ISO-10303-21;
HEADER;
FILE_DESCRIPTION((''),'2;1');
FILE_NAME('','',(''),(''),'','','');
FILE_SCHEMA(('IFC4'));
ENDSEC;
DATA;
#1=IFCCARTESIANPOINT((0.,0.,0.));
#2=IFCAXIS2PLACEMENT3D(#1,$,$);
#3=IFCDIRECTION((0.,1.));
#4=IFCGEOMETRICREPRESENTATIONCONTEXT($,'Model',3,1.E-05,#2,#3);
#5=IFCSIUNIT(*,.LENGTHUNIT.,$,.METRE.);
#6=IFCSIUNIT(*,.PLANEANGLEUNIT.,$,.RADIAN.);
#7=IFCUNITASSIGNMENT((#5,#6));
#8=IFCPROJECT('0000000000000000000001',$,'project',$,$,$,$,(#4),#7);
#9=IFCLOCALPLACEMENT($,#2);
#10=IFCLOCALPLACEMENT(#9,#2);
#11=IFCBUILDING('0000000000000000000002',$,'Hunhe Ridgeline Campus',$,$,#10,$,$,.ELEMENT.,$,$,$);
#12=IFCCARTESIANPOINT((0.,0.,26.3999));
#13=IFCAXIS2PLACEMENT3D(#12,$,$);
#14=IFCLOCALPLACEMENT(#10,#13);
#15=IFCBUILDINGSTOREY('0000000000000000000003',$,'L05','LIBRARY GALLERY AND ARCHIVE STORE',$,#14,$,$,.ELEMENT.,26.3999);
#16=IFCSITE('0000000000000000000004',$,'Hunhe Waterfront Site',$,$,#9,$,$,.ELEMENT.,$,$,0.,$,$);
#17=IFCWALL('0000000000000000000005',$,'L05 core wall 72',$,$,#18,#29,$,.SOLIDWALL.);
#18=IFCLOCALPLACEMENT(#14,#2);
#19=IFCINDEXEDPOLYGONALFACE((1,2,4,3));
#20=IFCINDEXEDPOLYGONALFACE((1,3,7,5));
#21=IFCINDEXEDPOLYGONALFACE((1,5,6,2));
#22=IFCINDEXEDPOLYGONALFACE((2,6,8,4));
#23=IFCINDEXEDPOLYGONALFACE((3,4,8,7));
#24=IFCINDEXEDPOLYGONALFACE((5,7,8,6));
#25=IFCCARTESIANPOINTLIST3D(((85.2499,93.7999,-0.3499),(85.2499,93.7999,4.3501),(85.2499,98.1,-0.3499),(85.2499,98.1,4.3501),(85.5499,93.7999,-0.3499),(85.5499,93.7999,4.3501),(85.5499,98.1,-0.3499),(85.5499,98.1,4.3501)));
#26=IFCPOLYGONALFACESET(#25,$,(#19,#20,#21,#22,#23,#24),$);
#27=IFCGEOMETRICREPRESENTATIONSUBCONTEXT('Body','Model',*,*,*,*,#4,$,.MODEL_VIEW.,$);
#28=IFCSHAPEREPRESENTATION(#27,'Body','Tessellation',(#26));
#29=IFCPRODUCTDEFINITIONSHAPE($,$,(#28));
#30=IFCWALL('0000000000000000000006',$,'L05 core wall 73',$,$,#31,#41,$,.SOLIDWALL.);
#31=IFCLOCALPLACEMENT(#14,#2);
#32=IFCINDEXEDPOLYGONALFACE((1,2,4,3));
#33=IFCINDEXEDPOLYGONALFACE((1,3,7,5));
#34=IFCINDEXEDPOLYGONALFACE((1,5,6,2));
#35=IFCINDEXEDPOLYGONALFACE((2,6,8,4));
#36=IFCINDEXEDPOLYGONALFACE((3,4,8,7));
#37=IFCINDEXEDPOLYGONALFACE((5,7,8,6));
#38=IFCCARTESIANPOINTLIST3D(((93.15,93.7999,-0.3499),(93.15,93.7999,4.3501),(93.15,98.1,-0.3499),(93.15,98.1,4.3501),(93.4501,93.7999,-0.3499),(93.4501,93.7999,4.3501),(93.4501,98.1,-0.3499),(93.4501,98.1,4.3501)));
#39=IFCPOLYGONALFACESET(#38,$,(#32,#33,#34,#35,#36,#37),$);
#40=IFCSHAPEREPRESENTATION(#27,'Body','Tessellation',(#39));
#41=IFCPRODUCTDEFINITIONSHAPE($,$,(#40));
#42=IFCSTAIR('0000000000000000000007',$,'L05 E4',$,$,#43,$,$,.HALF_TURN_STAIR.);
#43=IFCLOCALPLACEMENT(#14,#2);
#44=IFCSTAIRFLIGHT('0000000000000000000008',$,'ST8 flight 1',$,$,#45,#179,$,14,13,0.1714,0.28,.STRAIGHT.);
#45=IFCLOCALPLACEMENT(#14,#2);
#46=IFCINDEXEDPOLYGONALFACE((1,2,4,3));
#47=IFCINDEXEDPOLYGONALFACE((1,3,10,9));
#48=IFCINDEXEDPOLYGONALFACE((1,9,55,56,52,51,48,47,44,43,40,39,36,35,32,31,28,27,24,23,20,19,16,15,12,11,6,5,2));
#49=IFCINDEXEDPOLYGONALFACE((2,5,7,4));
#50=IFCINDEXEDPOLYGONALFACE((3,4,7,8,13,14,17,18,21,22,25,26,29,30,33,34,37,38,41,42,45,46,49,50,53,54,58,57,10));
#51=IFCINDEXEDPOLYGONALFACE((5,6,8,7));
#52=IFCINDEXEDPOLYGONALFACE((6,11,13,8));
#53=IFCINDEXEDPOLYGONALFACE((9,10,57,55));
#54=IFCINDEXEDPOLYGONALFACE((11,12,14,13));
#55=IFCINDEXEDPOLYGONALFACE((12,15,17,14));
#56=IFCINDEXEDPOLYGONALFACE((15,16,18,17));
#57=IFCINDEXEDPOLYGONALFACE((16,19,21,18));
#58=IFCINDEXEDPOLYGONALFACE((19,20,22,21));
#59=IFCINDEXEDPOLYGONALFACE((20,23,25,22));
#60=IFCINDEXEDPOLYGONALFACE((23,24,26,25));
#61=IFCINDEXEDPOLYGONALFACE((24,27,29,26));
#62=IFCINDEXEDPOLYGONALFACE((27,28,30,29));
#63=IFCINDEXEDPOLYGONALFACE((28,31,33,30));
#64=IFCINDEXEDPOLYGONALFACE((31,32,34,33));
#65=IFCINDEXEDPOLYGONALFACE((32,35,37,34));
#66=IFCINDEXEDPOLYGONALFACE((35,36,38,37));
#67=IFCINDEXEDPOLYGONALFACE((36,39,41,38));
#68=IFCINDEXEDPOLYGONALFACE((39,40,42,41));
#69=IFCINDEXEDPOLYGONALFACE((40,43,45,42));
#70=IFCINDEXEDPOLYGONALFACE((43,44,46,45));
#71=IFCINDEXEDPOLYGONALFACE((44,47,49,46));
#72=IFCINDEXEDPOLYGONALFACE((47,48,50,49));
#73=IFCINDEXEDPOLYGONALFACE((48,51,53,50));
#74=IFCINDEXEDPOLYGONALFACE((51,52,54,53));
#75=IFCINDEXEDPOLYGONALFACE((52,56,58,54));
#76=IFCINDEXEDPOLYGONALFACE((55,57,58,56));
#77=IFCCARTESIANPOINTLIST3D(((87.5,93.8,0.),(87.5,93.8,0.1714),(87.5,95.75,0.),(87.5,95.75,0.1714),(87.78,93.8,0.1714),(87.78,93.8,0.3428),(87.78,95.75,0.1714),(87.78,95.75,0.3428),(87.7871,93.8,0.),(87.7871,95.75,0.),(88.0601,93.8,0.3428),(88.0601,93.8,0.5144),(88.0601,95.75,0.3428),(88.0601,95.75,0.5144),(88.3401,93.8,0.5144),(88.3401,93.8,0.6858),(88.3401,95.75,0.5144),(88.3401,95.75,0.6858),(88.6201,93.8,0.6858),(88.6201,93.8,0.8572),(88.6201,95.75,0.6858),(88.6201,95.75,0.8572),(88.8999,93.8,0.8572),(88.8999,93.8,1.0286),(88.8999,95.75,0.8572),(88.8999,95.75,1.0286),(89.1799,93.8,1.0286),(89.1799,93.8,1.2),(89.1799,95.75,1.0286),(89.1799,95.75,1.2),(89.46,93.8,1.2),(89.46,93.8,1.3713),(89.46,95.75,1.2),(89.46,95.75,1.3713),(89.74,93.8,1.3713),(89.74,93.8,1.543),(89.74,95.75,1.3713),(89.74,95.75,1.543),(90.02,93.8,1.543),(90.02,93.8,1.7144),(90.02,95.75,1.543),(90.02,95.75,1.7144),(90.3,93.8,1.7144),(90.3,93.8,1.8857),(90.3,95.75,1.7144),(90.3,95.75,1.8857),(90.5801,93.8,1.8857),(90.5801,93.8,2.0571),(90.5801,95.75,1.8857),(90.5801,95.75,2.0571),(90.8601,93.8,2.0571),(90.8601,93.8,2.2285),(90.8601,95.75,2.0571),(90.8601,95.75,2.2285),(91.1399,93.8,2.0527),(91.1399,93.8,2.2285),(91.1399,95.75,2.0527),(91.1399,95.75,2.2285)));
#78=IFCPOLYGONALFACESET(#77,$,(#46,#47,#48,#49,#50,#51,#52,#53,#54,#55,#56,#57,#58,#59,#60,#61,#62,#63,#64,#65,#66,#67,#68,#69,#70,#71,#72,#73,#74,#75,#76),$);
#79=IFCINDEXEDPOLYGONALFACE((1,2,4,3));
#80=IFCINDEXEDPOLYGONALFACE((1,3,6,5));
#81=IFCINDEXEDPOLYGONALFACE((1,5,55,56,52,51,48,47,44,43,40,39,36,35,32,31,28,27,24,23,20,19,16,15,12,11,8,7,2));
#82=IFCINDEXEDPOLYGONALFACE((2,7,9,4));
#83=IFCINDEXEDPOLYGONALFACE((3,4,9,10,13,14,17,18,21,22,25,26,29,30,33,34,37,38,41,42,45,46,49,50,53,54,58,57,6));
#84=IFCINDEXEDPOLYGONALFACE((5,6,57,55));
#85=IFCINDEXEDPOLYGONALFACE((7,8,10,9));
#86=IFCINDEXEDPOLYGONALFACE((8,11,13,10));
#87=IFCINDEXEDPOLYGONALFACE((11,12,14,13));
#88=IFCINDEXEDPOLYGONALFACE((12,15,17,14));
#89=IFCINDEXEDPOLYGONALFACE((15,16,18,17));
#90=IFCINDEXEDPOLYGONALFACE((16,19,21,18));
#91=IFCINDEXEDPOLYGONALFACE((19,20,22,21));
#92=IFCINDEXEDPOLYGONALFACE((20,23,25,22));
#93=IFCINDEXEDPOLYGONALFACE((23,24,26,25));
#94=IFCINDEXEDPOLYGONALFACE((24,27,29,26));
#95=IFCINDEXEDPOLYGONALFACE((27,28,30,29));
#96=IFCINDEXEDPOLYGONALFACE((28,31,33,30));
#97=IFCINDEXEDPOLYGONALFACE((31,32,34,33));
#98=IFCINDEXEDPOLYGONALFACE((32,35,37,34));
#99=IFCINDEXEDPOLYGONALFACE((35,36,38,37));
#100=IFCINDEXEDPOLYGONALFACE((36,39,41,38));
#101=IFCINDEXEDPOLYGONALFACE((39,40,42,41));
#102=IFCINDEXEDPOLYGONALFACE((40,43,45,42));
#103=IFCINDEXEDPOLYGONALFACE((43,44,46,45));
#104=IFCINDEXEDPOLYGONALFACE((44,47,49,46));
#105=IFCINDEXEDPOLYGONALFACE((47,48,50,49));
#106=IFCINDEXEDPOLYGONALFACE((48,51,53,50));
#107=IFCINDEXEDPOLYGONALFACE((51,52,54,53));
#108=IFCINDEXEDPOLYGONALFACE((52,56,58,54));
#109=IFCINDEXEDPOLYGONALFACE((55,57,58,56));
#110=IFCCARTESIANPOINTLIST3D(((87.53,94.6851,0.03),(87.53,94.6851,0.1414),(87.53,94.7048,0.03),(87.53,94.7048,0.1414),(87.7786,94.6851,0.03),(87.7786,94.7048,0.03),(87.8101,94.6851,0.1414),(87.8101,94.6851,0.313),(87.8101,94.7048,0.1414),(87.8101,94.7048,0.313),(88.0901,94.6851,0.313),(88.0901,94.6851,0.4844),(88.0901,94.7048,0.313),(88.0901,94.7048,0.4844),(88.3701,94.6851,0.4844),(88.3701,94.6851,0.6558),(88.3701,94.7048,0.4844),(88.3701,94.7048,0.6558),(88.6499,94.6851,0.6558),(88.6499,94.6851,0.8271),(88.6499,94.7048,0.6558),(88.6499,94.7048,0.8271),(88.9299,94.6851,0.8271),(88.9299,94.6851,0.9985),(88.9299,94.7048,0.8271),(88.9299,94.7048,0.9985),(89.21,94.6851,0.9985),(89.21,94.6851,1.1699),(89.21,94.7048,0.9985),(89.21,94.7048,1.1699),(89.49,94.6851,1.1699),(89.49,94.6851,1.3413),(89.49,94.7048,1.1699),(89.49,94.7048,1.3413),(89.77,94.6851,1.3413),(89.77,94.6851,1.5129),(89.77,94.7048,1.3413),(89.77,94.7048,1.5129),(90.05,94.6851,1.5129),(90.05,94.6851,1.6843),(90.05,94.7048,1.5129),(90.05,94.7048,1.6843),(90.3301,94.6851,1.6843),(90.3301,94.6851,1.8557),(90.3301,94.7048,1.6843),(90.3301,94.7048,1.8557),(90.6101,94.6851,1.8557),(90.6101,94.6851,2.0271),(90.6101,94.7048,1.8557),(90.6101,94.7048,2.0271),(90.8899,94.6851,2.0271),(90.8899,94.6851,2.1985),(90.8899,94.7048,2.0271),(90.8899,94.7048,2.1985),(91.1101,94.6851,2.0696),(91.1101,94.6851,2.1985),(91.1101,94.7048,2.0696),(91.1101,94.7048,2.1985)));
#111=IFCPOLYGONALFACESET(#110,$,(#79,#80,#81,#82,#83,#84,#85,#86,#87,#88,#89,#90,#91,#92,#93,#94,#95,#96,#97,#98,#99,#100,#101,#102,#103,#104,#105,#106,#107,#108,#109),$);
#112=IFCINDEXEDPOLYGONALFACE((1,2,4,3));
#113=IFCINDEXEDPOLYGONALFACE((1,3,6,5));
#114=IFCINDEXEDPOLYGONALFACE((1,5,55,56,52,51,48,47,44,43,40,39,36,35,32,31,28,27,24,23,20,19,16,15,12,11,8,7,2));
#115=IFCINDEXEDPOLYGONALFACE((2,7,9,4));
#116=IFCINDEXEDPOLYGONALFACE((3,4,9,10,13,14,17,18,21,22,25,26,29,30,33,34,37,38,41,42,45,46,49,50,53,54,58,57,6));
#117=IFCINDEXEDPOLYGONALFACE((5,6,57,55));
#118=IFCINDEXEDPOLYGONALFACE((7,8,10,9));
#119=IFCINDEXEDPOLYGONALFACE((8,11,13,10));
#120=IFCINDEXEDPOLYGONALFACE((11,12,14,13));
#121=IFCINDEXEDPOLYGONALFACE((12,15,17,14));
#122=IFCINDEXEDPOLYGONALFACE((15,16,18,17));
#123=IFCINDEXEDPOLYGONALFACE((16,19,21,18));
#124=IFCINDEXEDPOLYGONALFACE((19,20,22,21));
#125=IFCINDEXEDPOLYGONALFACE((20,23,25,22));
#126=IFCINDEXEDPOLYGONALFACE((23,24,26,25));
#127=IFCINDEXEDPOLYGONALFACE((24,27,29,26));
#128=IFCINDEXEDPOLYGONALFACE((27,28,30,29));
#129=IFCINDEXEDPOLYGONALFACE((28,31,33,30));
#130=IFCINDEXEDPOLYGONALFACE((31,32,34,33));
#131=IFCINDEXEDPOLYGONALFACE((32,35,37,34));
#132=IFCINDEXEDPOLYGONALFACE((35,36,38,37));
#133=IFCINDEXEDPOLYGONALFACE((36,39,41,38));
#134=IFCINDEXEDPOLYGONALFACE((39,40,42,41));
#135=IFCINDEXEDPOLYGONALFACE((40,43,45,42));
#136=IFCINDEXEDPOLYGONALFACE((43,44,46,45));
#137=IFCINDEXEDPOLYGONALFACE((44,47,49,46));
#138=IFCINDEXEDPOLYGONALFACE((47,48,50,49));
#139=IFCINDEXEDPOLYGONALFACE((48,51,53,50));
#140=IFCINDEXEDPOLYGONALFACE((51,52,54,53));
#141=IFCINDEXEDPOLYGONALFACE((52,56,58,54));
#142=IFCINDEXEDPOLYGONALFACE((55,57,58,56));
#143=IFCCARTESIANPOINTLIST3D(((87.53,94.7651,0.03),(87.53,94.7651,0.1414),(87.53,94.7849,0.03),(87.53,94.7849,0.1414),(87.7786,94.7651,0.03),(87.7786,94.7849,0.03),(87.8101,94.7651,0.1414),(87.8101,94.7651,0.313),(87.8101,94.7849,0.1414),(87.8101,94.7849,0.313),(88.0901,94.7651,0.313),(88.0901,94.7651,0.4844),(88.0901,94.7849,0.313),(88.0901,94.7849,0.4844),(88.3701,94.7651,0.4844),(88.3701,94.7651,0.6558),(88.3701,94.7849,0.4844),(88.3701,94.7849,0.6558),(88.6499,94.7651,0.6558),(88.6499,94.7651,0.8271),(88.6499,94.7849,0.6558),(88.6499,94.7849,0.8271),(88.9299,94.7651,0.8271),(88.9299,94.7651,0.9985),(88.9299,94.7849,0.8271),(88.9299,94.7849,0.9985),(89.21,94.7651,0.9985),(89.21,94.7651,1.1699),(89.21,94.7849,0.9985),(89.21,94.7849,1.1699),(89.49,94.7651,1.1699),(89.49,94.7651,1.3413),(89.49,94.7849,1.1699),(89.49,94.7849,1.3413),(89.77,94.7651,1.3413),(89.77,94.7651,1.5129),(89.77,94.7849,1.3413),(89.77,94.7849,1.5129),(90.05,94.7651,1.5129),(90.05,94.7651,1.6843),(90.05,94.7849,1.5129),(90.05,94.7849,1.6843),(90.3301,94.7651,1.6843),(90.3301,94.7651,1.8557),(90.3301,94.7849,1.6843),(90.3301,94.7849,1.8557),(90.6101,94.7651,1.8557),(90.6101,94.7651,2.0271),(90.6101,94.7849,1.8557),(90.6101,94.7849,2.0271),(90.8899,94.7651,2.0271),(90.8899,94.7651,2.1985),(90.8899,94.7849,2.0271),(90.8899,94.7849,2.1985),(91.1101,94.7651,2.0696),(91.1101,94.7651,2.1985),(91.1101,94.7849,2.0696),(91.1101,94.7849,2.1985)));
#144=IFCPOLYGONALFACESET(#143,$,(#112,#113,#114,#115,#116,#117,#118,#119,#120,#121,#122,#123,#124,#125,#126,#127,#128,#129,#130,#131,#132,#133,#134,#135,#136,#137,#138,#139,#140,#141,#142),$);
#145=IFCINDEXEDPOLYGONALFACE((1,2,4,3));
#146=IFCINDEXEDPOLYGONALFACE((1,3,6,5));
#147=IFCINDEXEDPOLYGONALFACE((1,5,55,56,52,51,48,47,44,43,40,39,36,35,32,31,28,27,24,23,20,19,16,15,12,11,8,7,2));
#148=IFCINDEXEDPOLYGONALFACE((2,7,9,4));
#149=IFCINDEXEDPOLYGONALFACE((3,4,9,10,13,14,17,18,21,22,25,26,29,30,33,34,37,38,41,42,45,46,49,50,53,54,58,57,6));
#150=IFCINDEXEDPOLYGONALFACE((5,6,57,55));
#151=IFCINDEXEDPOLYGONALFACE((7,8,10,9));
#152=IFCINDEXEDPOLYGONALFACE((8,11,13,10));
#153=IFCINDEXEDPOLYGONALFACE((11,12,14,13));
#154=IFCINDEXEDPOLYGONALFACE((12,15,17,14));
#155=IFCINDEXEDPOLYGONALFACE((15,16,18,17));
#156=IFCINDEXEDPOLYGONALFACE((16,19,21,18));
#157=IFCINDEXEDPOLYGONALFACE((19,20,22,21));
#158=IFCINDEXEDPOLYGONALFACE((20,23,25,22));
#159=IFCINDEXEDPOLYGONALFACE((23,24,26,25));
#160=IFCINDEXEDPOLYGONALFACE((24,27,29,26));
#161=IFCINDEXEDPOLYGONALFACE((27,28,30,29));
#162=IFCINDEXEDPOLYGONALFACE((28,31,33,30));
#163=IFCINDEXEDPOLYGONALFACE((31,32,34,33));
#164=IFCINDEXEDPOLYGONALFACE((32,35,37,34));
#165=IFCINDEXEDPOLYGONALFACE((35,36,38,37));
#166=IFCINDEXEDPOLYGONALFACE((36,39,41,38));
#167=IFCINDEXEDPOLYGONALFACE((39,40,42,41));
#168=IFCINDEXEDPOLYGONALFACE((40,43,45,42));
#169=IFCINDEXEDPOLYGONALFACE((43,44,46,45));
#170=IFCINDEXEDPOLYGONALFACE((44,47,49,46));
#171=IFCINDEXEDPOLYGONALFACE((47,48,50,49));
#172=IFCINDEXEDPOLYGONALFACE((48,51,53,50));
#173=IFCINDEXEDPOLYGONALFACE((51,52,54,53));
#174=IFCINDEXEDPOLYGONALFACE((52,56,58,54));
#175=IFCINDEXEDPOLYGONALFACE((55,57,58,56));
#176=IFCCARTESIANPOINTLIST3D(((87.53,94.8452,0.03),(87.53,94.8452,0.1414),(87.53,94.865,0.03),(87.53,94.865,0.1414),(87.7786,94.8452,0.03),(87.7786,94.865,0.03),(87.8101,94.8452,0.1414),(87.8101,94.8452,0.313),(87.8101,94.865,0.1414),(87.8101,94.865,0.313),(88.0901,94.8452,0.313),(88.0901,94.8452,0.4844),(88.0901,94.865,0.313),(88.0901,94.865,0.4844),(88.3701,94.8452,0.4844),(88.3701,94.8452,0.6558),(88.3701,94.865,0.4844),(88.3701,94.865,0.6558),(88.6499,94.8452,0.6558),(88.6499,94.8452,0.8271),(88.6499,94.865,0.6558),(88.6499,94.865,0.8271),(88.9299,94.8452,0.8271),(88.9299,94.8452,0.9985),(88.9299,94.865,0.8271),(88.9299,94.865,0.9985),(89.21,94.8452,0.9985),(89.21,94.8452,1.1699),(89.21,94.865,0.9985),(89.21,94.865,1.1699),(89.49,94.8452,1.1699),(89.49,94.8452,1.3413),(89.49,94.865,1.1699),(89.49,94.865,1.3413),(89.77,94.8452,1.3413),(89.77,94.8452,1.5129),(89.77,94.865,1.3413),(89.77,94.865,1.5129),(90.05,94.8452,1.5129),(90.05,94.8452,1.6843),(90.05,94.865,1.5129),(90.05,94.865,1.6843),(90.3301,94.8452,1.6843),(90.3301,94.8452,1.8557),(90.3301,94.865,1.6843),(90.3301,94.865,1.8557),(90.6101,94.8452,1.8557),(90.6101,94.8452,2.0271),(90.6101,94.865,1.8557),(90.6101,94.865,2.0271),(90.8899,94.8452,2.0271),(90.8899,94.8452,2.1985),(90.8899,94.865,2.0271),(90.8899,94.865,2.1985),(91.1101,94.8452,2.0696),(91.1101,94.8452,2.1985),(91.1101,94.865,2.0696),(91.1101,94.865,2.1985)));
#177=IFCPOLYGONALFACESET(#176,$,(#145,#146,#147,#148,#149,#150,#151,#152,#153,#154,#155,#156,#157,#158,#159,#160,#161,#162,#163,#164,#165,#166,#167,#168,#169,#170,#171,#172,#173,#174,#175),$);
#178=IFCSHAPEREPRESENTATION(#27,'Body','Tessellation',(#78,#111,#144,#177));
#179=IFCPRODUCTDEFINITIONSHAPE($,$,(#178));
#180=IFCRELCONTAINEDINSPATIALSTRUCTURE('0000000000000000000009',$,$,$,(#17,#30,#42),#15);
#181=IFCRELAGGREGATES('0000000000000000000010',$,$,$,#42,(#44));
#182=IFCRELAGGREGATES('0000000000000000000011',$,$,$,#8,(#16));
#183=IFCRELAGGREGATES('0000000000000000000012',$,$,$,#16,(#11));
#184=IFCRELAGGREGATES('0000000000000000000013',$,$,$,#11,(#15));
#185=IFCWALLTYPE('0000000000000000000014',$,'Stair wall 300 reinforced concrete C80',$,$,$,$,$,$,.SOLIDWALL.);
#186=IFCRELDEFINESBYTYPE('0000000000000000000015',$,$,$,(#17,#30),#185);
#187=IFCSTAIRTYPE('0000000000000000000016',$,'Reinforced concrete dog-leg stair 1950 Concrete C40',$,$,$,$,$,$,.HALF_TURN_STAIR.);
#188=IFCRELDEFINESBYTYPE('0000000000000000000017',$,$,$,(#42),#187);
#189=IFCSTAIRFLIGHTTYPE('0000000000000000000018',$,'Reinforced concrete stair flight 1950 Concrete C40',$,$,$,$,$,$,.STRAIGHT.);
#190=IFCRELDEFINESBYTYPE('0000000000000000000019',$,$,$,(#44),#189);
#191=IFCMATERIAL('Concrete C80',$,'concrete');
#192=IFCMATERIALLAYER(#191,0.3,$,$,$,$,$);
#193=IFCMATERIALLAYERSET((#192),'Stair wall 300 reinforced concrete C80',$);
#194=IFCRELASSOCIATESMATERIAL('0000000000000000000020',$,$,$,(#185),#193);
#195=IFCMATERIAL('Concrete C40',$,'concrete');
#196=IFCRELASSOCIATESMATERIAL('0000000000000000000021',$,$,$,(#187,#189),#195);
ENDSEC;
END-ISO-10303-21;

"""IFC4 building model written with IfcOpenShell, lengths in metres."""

from ifc_helpers import new_model, si_unit, direction, frame, frame_2d, origin, place, context, subcontext, project, spatial, polyline, rectangle, outline, extrude, material, layer, layer_set, type_object, element, aggregate, save


model = new_model("IFC4")

# Units and contexts
model_context = context("Model", 3, precision=1e-05, world=origin(), true_north=direction((0.0, 1.0)))
body_context = subcontext(model_context, "Body", "Model", "MODEL_VIEW")
ifc_project = project(units=[si_unit("LENGTHUNIT", "METRE"), si_unit("PLANEANGLEUNIT", "RADIAN")], contexts=[model_context])

# Site, building, storey
site_placement = place(None, origin())
site = spatial("IfcSite", under=ifc_project, at=site_placement, Name="Hunhe Waterfront Site", CompositionType="ELEMENT", RefElevation=0.0)
building_placement = place(site_placement, origin())
building = spatial("IfcBuilding", under=site, at=building_placement, Name="Hunhe Ridgeline Campus", CompositionType="ELEMENT")
storey_placement = place(building_placement, frame((0.0, 0.0, 26.3999)))
storey = spatial("IfcBuildingStorey", under=building, at=storey_placement, Name="L05", Description="LIBRARY GALLERY AND ARCHIVE STORE", CompositionType="ELEMENT", Elevation=26.3999)

# Shared definitions
ifc_material_1 = material(Name="Concrete C80", Category="concrete")

# Shared definitions
ifc_layer_1 = layer(ifc_material_1, 0.3)
ifc_layer_set_1 = layer_set([ifc_layer_1], Name="Stair wall 300 reinforced concrete C80")
wall_type_1 = type_object("IfcWallType", Name="Stair wall 300 reinforced concrete C80", PredefinedType="SOLIDWALL", material=ifc_layer_set_1)

# Walls
for number, where, z_axis, x_axis, name in (
    (1, (85.3999, 93.8, -0.3499), (0.0, 0.0, 1.0), (0.0, 1.0, 0.0), "L05 core wall 72"),
    (2, (93.3, 93.8, -0.3499), (0.0, 0.0, 1.0), (0.0, 1.0, 0.0), "L05 core wall 73"),
):
    element("IfcWall", number, at=place(storey_placement, frame(where, z_axis=z_axis, x_axis=x_axis)), inside=storey, type_object=wall_type_1, Name=name, PredefinedType="SOLIDWALL", context=body_context, shape_type="SweptSolid", body=[
        extrude(rectangle(XDim=4.3, YDim=0.3, at=frame_2d((2.1499, 0.0))), origin(), (0.0, 0.0, 1.0), 4.7),
    ])

# Stair, stair flight
ifc_material_2 = material(Name="Concrete C40", Category="concrete")
stair_type = type_object("IfcStairType", Name="Reinforced concrete dog-leg stair 1950 Concrete C40", PredefinedType="HALF_TURN_STAIR", material=ifc_material_2)
stair_placement = place(storey_placement, origin())
stair = element("IfcStair", 3, at=stair_placement, inside=storey, type_object=stair_type, Name="L05 E4", PredefinedType="HALF_TURN_STAIR")
stair_flight_type = type_object("IfcStairFlightType", Name="Reinforced concrete stair flight 1950 Concrete C40", PredefinedType="STRAIGHT", material=ifc_material_2)
stair_flight_1_placement = place(storey_placement, frame((87.5, 94.7749, 0.0), z_axis=(0.0, 0.0, 1.0), x_axis=(1.0, 0.0, 0.0)))
stair_flight_1 = element("IfcStairFlight", 4, at=stair_flight_1_placement, type_object=stair_flight_type, Name="ST8 flight 1", NumberOfRisers=14, NumberOfTreads=13, PredefinedType="STRAIGHT", RiserHeight=0.1714, TreadLength=0.28, context=body_context, shape_type="SweptSolid", body=[
    extrude(outline(polyline([(0.0, 0.0), (0.0, 0.1714), (0.28, 0.1714), (0.28, 0.3428), (0.5601, 0.3428), (0.5601, 0.5144), (0.8401, 0.5144), (0.8401, 0.6858), (1.1201, 0.6858), (1.1201, 0.8572), (1.3999, 0.8572), (1.3999, 1.0286), (1.6799, 1.0286), (1.6799, 1.2), (1.96, 1.2), (1.96, 1.3713), (2.24, 1.3713), (2.24, 1.543), (2.52, 1.543), (2.52, 1.7144), (2.8, 1.7144), (2.8, 1.8857), (3.0801, 1.8857), (3.0801, 2.0571), (3.3601, 2.0571), (3.3601, 2.2285), (3.6399, 2.2285), (3.6399, 2.3999), (3.6399, 2.0527), (0.2871, 0.0), (0.0, 0.0)])), frame((0.0, 0.9751, 0.0), z_axis=(0.0, -1.0, 0.0), x_axis=(1.0, 0.0, 0.0)), (0.0, 0.0, 1.0), 1.95),
    extrude(outline(polyline([(0.03, 0.03), (0.03, 0.1414), (0.3101, 0.1414), (0.3101, 0.313), (0.5901, 0.313), (0.5901, 0.4844), (0.8701, 0.4844), (0.8701, 0.6558), (1.1499, 0.6558), (1.1499, 0.8271), (1.4299, 0.8271), (1.4299, 0.9985), (1.71, 0.9985), (1.71, 1.1699), (1.99, 1.1699), (1.99, 1.3413), (2.27, 1.3413), (2.27, 1.5129), (2.55, 1.5129), (2.55, 1.6843), (2.8301, 1.6843), (2.8301, 1.8557), (3.1101, 1.8557), (3.1101, 2.0271), (3.3899, 2.0271), (3.3899, 2.1985), (3.6101, 2.1985), (3.6101, 2.0696), (0.2786, 0.03), (0.03, 0.03)])), frame((0.0, -0.0701, 0.0), z_axis=(0.0, -1.0, 0.0), x_axis=(1.0, 0.0, 0.0)), (0.0, 0.0, 1.0), 0.0198),
    extrude(outline(polyline([(0.03, 0.03), (0.03, 0.1414), (0.3101, 0.1414), (0.3101, 0.313), (0.5901, 0.313), (0.5901, 0.4844), (0.8701, 0.4844), (0.8701, 0.6558), (1.1499, 0.6558), (1.1499, 0.8271), (1.4299, 0.8271), (1.4299, 0.9985), (1.71, 0.9985), (1.71, 1.1699), (1.99, 1.1699), (1.99, 1.3413), (2.27, 1.3413), (2.27, 1.5129), (2.55, 1.5129), (2.55, 1.6843), (2.8301, 1.6843), (2.8301, 1.8557), (3.1101, 1.8557), (3.1101, 2.0271), (3.3899, 2.0271), (3.3899, 2.1985), (3.6101, 2.1985), (3.6101, 2.0696), (0.2786, 0.03), (0.03, 0.03)])), frame((0.0, 0.01, 0.0), z_axis=(0.0, -1.0, 0.0), x_axis=(1.0, 0.0, 0.0)), (0.0, 0.0, 1.0), 0.0198),
    extrude(outline(polyline([(0.03, 0.03), (0.03, 0.1414), (0.3101, 0.1414), (0.3101, 0.313), (0.5901, 0.313), (0.5901, 0.4844), (0.8701, 0.4844), (0.8701, 0.6558), (1.1499, 0.6558), (1.1499, 0.8271), (1.4299, 0.8271), (1.4299, 0.9985), (1.71, 0.9985), (1.71, 1.1699), (1.99, 1.1699), (1.99, 1.3413), (2.27, 1.3413), (2.27, 1.5129), (2.55, 1.5129), (2.55, 1.6843), (2.8301, 1.6843), (2.8301, 1.8557), (3.1101, 1.8557), (3.1101, 2.0271), (3.3899, 2.0271), (3.3899, 2.1985), (3.6101, 2.1985), (3.6101, 2.0696), (0.2786, 0.03), (0.03, 0.03)])), frame((0.0, 0.0901, 0.0), z_axis=(0.0, -1.0, 0.0), x_axis=(1.0, 0.0, 0.0)), (0.0, 0.0, 1.0), 0.0198),
])
aggregate(stair, [stair_flight_1])

save(model, "model.ifc")
